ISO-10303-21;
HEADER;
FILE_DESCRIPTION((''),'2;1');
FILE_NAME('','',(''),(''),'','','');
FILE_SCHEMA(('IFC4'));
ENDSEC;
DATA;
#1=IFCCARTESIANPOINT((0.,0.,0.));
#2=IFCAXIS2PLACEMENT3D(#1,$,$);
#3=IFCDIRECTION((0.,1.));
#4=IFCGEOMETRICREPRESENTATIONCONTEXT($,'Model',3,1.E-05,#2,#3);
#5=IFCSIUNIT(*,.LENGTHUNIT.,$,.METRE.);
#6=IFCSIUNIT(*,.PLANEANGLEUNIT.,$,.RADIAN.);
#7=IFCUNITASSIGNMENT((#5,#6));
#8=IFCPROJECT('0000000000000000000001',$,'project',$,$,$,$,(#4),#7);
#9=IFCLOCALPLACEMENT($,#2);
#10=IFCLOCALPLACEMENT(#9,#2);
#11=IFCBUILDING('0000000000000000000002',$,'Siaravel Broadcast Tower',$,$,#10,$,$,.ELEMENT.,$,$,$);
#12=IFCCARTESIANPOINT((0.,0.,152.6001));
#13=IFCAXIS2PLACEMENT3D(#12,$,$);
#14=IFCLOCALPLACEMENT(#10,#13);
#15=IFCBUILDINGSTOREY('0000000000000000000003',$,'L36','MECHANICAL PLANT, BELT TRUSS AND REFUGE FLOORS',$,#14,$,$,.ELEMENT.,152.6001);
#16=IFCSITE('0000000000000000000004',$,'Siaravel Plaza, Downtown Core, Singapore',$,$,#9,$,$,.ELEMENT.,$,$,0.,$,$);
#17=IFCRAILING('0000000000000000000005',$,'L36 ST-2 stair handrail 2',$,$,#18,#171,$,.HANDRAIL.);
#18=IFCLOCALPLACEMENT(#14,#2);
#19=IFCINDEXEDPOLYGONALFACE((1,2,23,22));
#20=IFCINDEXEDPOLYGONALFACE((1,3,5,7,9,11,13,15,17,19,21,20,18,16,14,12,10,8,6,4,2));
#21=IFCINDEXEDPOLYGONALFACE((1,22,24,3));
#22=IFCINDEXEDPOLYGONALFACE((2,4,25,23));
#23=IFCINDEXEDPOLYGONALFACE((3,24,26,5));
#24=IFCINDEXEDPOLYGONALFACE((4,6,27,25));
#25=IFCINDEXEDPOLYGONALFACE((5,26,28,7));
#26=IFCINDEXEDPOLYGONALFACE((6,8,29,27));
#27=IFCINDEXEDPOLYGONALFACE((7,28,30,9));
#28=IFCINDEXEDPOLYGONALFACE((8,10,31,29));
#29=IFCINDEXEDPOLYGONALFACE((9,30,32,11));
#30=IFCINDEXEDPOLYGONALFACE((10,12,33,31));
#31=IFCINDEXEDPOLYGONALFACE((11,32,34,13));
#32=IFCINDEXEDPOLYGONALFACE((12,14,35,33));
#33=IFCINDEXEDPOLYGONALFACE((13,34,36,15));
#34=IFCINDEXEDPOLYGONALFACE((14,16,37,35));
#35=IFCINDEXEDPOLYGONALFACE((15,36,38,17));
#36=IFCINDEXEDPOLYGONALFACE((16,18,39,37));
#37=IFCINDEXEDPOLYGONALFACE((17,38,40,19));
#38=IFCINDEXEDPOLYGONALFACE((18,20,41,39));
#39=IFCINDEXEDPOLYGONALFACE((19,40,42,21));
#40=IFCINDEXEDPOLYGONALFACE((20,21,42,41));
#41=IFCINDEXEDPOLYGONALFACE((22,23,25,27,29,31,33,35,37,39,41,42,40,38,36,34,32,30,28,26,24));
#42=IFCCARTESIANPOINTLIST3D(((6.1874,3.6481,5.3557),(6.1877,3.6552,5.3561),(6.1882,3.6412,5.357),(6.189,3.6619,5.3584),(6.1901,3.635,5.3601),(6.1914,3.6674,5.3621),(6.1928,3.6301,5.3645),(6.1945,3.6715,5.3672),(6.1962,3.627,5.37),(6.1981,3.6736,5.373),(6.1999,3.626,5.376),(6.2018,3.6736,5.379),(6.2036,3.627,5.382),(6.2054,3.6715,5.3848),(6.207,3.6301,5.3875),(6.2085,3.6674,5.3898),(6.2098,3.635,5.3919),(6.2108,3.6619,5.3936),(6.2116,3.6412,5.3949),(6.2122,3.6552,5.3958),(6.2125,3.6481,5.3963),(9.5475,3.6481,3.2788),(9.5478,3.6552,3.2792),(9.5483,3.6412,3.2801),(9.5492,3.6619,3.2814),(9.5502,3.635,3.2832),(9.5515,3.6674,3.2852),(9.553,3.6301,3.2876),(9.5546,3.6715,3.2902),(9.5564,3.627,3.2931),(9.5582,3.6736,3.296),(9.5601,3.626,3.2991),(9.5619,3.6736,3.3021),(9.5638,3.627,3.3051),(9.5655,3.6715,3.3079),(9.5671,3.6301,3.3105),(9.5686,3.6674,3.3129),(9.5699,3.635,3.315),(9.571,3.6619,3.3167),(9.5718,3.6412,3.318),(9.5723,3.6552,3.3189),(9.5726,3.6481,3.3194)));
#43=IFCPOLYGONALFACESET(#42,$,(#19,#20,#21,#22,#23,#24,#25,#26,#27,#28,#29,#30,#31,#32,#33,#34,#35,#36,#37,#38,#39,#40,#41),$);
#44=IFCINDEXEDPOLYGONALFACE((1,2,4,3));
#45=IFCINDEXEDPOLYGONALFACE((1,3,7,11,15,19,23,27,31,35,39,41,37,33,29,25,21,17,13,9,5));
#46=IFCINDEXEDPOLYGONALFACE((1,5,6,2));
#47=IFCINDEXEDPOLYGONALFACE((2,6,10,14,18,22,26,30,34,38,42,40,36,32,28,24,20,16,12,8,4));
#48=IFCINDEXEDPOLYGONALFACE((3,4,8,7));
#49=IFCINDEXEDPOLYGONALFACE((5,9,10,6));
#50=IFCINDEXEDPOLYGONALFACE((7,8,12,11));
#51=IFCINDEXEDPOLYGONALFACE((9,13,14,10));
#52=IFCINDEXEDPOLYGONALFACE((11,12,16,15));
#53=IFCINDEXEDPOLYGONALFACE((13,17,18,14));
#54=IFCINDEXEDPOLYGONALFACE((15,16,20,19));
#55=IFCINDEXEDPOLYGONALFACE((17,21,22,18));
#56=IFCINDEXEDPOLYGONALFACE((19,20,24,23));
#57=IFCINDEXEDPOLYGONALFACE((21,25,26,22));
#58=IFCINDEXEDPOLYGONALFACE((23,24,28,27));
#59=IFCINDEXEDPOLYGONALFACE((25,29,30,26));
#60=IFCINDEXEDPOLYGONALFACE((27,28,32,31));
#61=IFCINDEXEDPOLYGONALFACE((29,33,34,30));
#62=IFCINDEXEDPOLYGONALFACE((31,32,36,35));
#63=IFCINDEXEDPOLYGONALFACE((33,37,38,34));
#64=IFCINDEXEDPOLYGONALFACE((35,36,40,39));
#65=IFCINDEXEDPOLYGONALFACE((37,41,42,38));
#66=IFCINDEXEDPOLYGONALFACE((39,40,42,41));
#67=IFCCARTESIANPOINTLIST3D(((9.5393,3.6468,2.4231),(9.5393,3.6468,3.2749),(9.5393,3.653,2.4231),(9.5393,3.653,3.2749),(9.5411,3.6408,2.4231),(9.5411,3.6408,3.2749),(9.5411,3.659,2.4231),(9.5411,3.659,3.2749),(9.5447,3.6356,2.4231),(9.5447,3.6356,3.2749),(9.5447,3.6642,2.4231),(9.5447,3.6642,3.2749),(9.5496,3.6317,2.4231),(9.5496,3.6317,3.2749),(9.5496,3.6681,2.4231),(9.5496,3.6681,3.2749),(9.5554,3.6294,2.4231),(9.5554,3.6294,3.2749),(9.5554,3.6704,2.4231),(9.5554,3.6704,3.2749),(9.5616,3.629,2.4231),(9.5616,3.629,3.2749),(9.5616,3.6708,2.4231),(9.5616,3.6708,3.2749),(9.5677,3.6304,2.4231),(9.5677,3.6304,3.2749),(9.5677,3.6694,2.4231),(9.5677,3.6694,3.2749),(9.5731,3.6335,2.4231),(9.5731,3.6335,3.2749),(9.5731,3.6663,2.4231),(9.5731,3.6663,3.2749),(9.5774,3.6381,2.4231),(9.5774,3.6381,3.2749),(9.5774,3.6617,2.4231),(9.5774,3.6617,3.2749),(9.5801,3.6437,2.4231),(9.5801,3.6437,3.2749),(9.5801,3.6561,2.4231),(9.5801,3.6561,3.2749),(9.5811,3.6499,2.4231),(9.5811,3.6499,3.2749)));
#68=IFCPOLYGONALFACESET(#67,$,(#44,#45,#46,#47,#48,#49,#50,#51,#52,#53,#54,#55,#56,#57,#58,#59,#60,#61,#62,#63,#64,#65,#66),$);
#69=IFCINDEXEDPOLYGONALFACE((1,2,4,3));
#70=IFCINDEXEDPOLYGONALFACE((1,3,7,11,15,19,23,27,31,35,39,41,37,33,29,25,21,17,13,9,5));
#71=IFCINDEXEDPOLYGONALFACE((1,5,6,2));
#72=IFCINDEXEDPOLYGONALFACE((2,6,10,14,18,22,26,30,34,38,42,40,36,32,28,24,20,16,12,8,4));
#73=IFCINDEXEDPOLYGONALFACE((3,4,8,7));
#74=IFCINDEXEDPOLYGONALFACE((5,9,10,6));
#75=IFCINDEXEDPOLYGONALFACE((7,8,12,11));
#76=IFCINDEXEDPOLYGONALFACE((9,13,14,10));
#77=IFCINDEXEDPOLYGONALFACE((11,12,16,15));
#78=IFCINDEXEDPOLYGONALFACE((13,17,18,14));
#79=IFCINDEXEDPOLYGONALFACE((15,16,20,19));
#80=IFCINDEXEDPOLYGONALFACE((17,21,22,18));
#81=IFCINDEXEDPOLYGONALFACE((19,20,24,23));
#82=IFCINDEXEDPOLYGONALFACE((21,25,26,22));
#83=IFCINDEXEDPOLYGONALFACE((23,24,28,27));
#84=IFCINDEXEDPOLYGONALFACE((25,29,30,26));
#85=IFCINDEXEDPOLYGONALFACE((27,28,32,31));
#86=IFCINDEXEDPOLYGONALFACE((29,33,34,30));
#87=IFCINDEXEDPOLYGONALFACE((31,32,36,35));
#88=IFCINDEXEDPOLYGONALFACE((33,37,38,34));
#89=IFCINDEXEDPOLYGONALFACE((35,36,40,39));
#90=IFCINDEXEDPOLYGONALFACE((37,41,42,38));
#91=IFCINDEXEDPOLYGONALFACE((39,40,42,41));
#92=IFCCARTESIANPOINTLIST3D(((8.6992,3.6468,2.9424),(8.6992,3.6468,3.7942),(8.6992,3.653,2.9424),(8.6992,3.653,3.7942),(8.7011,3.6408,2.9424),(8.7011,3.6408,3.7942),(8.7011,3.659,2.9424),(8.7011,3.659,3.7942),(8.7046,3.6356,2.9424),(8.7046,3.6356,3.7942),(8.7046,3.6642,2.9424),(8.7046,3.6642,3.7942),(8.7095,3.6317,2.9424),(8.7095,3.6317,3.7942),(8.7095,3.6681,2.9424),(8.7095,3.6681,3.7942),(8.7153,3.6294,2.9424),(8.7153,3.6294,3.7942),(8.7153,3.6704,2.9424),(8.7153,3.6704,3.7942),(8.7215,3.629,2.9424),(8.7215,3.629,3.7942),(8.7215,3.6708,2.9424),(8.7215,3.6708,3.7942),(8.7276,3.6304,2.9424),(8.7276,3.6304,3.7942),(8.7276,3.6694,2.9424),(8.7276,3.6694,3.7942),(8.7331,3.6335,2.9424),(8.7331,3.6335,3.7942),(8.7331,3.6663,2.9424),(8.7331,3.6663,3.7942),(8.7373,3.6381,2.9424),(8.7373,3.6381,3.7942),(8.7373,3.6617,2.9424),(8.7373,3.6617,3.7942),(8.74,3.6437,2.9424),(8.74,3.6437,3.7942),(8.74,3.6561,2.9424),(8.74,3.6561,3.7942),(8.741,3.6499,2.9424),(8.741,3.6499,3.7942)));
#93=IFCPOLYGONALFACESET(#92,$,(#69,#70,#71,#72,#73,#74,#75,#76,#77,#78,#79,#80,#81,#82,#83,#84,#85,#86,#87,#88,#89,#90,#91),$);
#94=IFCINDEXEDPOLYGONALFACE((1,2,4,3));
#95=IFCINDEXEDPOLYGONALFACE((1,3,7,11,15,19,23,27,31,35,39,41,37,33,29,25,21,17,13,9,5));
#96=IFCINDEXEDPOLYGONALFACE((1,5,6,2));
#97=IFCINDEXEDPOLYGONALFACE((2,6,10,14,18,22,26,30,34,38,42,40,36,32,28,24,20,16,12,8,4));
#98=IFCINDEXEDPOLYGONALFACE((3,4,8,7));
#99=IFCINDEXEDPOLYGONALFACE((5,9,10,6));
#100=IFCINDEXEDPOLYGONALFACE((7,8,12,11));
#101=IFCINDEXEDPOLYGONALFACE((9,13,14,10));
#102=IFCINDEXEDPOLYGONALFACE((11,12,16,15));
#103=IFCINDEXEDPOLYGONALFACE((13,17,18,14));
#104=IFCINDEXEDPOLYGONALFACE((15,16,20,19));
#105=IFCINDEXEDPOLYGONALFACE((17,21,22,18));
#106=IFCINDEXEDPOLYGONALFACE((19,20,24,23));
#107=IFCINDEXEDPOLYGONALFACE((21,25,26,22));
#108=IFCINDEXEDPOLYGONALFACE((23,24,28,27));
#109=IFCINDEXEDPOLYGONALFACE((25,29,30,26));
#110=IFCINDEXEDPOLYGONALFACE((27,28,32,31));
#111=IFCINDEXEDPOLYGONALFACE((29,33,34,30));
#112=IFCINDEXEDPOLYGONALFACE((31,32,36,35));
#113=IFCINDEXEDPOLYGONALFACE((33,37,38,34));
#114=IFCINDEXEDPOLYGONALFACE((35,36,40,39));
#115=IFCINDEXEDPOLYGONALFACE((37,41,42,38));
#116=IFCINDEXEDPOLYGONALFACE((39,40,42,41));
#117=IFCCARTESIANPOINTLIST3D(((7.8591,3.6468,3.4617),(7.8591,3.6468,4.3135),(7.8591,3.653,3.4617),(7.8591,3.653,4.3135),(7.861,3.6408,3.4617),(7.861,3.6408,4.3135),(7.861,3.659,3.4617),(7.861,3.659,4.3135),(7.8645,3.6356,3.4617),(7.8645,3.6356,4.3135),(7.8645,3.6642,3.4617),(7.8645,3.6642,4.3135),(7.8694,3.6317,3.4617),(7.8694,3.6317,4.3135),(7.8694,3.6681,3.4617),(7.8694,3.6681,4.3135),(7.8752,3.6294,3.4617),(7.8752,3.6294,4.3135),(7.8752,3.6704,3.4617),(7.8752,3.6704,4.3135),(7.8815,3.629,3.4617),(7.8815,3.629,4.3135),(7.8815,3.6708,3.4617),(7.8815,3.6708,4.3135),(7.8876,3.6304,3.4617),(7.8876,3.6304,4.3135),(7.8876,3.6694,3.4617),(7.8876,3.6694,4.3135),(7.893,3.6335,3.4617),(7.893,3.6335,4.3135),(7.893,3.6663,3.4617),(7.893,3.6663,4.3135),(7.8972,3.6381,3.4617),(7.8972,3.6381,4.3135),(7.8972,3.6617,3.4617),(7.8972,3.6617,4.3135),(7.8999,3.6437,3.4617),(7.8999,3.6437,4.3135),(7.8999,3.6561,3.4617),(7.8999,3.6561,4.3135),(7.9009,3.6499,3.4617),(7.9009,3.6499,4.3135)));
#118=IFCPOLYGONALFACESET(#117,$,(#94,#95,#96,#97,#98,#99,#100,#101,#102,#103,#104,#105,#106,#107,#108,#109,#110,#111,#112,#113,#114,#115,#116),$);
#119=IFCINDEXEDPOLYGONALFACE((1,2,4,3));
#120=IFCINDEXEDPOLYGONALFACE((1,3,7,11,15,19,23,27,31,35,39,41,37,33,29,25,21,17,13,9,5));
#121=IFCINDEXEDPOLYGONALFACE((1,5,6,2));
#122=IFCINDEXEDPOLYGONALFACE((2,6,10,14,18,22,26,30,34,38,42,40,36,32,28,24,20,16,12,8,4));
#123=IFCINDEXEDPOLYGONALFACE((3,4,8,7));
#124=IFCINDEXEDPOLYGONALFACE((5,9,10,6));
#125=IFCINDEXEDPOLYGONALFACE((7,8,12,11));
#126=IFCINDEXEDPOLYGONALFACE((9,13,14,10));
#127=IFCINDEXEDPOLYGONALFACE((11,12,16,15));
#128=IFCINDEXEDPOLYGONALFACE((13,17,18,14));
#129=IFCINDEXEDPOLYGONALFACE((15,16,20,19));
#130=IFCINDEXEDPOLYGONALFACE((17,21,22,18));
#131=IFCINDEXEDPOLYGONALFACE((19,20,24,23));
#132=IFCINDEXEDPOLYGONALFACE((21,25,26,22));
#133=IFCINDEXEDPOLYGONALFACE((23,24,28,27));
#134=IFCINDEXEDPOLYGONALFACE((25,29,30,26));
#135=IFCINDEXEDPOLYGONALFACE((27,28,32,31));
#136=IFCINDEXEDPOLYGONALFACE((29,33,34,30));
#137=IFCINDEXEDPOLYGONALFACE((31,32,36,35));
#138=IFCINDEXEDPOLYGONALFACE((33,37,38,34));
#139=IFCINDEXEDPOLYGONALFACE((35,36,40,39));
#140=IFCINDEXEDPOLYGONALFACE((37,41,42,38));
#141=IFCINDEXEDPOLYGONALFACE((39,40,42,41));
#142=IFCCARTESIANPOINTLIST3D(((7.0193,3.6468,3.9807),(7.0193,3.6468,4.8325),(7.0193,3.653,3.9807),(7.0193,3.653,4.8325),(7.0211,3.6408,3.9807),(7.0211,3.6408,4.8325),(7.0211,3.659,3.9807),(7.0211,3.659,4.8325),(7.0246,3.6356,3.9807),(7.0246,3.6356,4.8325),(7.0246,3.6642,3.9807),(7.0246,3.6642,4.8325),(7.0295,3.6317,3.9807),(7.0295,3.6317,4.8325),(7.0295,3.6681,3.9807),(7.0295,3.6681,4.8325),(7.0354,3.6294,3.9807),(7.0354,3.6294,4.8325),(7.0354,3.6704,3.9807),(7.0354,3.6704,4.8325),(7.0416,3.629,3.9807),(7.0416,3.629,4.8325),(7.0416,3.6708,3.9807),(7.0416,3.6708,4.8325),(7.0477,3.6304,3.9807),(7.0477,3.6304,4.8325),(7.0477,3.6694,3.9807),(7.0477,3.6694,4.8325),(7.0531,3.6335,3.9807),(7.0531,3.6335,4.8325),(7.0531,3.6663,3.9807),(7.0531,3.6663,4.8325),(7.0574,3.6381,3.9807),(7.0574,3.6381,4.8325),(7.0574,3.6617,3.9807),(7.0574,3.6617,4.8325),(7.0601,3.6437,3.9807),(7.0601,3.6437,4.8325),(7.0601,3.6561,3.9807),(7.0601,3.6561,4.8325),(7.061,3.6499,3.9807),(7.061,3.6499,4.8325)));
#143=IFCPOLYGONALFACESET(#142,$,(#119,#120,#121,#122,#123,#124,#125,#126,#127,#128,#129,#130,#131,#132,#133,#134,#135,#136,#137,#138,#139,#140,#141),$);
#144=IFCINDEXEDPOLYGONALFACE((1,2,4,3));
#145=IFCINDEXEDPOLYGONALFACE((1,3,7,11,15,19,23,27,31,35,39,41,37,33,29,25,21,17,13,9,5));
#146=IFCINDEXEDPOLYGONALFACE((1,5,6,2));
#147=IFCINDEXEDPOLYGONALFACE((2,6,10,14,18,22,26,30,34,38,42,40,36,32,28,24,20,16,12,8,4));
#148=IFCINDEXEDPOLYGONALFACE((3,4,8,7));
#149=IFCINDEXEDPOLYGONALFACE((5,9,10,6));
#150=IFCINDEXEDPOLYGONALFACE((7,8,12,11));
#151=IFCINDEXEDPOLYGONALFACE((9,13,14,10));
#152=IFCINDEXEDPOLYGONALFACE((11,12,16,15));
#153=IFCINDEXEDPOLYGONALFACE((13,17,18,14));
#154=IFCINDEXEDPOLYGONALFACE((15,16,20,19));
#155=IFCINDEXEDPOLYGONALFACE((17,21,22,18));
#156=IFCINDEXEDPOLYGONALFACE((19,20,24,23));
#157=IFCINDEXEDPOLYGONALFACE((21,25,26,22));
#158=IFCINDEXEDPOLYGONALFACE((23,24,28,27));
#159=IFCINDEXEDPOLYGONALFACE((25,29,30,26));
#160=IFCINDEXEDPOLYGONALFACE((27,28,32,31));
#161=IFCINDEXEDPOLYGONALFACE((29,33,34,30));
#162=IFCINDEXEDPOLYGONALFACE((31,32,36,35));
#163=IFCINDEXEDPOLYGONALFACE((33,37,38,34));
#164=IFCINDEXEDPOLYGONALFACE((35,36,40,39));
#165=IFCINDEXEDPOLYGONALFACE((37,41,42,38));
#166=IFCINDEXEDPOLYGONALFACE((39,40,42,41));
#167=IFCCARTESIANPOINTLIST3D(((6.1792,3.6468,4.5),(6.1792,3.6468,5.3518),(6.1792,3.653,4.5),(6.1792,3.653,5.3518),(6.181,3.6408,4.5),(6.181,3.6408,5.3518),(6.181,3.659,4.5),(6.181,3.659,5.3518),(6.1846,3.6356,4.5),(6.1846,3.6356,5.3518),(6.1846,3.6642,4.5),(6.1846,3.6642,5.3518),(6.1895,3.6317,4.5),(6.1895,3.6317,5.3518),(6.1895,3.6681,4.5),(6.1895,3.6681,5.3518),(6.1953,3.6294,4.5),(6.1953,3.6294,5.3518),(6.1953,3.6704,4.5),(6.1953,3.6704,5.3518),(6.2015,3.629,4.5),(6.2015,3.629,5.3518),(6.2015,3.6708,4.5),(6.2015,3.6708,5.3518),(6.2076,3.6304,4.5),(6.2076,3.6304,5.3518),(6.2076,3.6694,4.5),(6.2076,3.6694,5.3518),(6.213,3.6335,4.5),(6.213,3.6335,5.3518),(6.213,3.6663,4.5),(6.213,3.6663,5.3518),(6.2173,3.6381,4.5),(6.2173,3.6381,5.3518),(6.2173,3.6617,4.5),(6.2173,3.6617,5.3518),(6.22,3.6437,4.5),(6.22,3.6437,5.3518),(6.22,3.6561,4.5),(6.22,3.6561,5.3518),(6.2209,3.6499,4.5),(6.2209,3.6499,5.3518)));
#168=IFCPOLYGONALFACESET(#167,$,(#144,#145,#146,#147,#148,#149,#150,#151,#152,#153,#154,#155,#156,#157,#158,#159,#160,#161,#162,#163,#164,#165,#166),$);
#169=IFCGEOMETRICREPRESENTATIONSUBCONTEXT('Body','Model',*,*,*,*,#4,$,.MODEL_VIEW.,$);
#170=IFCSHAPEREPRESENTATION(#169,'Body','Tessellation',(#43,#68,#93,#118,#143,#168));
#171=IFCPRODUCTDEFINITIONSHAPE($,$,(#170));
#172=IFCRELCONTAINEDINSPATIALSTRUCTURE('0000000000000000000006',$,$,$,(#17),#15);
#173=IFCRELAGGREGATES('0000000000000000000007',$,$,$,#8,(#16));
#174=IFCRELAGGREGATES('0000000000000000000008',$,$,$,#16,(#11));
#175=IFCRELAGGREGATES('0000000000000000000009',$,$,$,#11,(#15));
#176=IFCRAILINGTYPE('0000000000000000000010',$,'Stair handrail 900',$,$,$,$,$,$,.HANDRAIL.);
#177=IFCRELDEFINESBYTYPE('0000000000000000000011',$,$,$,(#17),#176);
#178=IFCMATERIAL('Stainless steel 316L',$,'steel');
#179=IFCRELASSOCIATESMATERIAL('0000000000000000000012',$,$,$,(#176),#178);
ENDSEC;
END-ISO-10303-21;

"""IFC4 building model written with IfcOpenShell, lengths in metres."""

from ifc_helpers import new_model, si_unit, direction, frame, origin, origin_2d, place, context, subcontext, project, spatial, circle, extrude, material, type_object, element, save


model = new_model("IFC4")

# Units and contexts
model_context = context("Model", 3, precision=1e-05, world=origin(), true_north=direction((0.0, 1.0)))
body_context = subcontext(model_context, "Body", "Model", "MODEL_VIEW")
ifc_project = project(units=[si_unit("LENGTHUNIT", "METRE"), si_unit("PLANEANGLEUNIT", "RADIAN")], contexts=[model_context])

# Site, building, storey
site_placement = place(None, origin())
site = spatial("IfcSite", under=ifc_project, at=site_placement, Name="Siaravel Plaza, Downtown Core, Singapore", CompositionType="ELEMENT", RefElevation=0.0)
building_placement = place(site_placement, origin())
building = spatial("IfcBuilding", under=site, at=building_placement, Name="Siaravel Broadcast Tower", CompositionType="ELEMENT")
storey_placement = place(building_placement, frame((0.0, 0.0, 152.6001)))
storey = spatial("IfcBuildingStorey", under=building, at=storey_placement, Name="L36", Description="MECHANICAL PLANT, BELT TRUSS AND REFUGE FLOORS", CompositionType="ELEMENT", Elevation=152.6001)

# Railing
ifc_material_1 = material(Name="Stainless steel 316L", Category="steel")
railing_type_1 = type_object("IfcRailingType", Name="Stair handrail 900", PredefinedType="HANDRAIL", material=ifc_material_1)
railing_1_placement = place(storey_placement, frame((9.5601, 3.6499, 2.4231)))
element("IfcRailing", 1, at=railing_1_placement, inside=storey, type_object=railing_type_1, Name="L36 ST-2 stair handrail 2", PredefinedType="HANDRAIL", context=body_context, shape_type="SweptSolid", body=[
    extrude(circle(Radius=0.0239, at=origin_2d()), frame((0.0, 0.0, 0.876), z_axis=(-0.850623, 0.0, 0.525776), x_axis=(0.0, -1.0, 0.0)), (0.0, 0.0, 1.0), 3.9502),
    extrude(circle(Radius=0.021, at=origin_2d()), origin(), (0.0, 0.0, 1.0), 0.8518),
    extrude(circle(Radius=0.021, at=origin_2d()), frame((-0.8401, 0.0, 0.5193)), (0.0, 0.0, 1.0), 0.8518),
    extrude(circle(Radius=0.021, at=origin_2d()), frame((-1.6802, 0.0, 1.0386)), (0.0, 0.0, 1.0), 0.8518),
    extrude(circle(Radius=0.021, at=origin_2d()), frame((-2.52, 0.0, 1.5576)), (0.0, 0.0, 1.0), 0.8518),
    extrude(circle(Radius=0.021, at=origin_2d()), frame((-3.3601, 0.0, 2.0769)), (0.0, 0.0, 1.0), 0.8518),
])

save(model, "model.ifc")
